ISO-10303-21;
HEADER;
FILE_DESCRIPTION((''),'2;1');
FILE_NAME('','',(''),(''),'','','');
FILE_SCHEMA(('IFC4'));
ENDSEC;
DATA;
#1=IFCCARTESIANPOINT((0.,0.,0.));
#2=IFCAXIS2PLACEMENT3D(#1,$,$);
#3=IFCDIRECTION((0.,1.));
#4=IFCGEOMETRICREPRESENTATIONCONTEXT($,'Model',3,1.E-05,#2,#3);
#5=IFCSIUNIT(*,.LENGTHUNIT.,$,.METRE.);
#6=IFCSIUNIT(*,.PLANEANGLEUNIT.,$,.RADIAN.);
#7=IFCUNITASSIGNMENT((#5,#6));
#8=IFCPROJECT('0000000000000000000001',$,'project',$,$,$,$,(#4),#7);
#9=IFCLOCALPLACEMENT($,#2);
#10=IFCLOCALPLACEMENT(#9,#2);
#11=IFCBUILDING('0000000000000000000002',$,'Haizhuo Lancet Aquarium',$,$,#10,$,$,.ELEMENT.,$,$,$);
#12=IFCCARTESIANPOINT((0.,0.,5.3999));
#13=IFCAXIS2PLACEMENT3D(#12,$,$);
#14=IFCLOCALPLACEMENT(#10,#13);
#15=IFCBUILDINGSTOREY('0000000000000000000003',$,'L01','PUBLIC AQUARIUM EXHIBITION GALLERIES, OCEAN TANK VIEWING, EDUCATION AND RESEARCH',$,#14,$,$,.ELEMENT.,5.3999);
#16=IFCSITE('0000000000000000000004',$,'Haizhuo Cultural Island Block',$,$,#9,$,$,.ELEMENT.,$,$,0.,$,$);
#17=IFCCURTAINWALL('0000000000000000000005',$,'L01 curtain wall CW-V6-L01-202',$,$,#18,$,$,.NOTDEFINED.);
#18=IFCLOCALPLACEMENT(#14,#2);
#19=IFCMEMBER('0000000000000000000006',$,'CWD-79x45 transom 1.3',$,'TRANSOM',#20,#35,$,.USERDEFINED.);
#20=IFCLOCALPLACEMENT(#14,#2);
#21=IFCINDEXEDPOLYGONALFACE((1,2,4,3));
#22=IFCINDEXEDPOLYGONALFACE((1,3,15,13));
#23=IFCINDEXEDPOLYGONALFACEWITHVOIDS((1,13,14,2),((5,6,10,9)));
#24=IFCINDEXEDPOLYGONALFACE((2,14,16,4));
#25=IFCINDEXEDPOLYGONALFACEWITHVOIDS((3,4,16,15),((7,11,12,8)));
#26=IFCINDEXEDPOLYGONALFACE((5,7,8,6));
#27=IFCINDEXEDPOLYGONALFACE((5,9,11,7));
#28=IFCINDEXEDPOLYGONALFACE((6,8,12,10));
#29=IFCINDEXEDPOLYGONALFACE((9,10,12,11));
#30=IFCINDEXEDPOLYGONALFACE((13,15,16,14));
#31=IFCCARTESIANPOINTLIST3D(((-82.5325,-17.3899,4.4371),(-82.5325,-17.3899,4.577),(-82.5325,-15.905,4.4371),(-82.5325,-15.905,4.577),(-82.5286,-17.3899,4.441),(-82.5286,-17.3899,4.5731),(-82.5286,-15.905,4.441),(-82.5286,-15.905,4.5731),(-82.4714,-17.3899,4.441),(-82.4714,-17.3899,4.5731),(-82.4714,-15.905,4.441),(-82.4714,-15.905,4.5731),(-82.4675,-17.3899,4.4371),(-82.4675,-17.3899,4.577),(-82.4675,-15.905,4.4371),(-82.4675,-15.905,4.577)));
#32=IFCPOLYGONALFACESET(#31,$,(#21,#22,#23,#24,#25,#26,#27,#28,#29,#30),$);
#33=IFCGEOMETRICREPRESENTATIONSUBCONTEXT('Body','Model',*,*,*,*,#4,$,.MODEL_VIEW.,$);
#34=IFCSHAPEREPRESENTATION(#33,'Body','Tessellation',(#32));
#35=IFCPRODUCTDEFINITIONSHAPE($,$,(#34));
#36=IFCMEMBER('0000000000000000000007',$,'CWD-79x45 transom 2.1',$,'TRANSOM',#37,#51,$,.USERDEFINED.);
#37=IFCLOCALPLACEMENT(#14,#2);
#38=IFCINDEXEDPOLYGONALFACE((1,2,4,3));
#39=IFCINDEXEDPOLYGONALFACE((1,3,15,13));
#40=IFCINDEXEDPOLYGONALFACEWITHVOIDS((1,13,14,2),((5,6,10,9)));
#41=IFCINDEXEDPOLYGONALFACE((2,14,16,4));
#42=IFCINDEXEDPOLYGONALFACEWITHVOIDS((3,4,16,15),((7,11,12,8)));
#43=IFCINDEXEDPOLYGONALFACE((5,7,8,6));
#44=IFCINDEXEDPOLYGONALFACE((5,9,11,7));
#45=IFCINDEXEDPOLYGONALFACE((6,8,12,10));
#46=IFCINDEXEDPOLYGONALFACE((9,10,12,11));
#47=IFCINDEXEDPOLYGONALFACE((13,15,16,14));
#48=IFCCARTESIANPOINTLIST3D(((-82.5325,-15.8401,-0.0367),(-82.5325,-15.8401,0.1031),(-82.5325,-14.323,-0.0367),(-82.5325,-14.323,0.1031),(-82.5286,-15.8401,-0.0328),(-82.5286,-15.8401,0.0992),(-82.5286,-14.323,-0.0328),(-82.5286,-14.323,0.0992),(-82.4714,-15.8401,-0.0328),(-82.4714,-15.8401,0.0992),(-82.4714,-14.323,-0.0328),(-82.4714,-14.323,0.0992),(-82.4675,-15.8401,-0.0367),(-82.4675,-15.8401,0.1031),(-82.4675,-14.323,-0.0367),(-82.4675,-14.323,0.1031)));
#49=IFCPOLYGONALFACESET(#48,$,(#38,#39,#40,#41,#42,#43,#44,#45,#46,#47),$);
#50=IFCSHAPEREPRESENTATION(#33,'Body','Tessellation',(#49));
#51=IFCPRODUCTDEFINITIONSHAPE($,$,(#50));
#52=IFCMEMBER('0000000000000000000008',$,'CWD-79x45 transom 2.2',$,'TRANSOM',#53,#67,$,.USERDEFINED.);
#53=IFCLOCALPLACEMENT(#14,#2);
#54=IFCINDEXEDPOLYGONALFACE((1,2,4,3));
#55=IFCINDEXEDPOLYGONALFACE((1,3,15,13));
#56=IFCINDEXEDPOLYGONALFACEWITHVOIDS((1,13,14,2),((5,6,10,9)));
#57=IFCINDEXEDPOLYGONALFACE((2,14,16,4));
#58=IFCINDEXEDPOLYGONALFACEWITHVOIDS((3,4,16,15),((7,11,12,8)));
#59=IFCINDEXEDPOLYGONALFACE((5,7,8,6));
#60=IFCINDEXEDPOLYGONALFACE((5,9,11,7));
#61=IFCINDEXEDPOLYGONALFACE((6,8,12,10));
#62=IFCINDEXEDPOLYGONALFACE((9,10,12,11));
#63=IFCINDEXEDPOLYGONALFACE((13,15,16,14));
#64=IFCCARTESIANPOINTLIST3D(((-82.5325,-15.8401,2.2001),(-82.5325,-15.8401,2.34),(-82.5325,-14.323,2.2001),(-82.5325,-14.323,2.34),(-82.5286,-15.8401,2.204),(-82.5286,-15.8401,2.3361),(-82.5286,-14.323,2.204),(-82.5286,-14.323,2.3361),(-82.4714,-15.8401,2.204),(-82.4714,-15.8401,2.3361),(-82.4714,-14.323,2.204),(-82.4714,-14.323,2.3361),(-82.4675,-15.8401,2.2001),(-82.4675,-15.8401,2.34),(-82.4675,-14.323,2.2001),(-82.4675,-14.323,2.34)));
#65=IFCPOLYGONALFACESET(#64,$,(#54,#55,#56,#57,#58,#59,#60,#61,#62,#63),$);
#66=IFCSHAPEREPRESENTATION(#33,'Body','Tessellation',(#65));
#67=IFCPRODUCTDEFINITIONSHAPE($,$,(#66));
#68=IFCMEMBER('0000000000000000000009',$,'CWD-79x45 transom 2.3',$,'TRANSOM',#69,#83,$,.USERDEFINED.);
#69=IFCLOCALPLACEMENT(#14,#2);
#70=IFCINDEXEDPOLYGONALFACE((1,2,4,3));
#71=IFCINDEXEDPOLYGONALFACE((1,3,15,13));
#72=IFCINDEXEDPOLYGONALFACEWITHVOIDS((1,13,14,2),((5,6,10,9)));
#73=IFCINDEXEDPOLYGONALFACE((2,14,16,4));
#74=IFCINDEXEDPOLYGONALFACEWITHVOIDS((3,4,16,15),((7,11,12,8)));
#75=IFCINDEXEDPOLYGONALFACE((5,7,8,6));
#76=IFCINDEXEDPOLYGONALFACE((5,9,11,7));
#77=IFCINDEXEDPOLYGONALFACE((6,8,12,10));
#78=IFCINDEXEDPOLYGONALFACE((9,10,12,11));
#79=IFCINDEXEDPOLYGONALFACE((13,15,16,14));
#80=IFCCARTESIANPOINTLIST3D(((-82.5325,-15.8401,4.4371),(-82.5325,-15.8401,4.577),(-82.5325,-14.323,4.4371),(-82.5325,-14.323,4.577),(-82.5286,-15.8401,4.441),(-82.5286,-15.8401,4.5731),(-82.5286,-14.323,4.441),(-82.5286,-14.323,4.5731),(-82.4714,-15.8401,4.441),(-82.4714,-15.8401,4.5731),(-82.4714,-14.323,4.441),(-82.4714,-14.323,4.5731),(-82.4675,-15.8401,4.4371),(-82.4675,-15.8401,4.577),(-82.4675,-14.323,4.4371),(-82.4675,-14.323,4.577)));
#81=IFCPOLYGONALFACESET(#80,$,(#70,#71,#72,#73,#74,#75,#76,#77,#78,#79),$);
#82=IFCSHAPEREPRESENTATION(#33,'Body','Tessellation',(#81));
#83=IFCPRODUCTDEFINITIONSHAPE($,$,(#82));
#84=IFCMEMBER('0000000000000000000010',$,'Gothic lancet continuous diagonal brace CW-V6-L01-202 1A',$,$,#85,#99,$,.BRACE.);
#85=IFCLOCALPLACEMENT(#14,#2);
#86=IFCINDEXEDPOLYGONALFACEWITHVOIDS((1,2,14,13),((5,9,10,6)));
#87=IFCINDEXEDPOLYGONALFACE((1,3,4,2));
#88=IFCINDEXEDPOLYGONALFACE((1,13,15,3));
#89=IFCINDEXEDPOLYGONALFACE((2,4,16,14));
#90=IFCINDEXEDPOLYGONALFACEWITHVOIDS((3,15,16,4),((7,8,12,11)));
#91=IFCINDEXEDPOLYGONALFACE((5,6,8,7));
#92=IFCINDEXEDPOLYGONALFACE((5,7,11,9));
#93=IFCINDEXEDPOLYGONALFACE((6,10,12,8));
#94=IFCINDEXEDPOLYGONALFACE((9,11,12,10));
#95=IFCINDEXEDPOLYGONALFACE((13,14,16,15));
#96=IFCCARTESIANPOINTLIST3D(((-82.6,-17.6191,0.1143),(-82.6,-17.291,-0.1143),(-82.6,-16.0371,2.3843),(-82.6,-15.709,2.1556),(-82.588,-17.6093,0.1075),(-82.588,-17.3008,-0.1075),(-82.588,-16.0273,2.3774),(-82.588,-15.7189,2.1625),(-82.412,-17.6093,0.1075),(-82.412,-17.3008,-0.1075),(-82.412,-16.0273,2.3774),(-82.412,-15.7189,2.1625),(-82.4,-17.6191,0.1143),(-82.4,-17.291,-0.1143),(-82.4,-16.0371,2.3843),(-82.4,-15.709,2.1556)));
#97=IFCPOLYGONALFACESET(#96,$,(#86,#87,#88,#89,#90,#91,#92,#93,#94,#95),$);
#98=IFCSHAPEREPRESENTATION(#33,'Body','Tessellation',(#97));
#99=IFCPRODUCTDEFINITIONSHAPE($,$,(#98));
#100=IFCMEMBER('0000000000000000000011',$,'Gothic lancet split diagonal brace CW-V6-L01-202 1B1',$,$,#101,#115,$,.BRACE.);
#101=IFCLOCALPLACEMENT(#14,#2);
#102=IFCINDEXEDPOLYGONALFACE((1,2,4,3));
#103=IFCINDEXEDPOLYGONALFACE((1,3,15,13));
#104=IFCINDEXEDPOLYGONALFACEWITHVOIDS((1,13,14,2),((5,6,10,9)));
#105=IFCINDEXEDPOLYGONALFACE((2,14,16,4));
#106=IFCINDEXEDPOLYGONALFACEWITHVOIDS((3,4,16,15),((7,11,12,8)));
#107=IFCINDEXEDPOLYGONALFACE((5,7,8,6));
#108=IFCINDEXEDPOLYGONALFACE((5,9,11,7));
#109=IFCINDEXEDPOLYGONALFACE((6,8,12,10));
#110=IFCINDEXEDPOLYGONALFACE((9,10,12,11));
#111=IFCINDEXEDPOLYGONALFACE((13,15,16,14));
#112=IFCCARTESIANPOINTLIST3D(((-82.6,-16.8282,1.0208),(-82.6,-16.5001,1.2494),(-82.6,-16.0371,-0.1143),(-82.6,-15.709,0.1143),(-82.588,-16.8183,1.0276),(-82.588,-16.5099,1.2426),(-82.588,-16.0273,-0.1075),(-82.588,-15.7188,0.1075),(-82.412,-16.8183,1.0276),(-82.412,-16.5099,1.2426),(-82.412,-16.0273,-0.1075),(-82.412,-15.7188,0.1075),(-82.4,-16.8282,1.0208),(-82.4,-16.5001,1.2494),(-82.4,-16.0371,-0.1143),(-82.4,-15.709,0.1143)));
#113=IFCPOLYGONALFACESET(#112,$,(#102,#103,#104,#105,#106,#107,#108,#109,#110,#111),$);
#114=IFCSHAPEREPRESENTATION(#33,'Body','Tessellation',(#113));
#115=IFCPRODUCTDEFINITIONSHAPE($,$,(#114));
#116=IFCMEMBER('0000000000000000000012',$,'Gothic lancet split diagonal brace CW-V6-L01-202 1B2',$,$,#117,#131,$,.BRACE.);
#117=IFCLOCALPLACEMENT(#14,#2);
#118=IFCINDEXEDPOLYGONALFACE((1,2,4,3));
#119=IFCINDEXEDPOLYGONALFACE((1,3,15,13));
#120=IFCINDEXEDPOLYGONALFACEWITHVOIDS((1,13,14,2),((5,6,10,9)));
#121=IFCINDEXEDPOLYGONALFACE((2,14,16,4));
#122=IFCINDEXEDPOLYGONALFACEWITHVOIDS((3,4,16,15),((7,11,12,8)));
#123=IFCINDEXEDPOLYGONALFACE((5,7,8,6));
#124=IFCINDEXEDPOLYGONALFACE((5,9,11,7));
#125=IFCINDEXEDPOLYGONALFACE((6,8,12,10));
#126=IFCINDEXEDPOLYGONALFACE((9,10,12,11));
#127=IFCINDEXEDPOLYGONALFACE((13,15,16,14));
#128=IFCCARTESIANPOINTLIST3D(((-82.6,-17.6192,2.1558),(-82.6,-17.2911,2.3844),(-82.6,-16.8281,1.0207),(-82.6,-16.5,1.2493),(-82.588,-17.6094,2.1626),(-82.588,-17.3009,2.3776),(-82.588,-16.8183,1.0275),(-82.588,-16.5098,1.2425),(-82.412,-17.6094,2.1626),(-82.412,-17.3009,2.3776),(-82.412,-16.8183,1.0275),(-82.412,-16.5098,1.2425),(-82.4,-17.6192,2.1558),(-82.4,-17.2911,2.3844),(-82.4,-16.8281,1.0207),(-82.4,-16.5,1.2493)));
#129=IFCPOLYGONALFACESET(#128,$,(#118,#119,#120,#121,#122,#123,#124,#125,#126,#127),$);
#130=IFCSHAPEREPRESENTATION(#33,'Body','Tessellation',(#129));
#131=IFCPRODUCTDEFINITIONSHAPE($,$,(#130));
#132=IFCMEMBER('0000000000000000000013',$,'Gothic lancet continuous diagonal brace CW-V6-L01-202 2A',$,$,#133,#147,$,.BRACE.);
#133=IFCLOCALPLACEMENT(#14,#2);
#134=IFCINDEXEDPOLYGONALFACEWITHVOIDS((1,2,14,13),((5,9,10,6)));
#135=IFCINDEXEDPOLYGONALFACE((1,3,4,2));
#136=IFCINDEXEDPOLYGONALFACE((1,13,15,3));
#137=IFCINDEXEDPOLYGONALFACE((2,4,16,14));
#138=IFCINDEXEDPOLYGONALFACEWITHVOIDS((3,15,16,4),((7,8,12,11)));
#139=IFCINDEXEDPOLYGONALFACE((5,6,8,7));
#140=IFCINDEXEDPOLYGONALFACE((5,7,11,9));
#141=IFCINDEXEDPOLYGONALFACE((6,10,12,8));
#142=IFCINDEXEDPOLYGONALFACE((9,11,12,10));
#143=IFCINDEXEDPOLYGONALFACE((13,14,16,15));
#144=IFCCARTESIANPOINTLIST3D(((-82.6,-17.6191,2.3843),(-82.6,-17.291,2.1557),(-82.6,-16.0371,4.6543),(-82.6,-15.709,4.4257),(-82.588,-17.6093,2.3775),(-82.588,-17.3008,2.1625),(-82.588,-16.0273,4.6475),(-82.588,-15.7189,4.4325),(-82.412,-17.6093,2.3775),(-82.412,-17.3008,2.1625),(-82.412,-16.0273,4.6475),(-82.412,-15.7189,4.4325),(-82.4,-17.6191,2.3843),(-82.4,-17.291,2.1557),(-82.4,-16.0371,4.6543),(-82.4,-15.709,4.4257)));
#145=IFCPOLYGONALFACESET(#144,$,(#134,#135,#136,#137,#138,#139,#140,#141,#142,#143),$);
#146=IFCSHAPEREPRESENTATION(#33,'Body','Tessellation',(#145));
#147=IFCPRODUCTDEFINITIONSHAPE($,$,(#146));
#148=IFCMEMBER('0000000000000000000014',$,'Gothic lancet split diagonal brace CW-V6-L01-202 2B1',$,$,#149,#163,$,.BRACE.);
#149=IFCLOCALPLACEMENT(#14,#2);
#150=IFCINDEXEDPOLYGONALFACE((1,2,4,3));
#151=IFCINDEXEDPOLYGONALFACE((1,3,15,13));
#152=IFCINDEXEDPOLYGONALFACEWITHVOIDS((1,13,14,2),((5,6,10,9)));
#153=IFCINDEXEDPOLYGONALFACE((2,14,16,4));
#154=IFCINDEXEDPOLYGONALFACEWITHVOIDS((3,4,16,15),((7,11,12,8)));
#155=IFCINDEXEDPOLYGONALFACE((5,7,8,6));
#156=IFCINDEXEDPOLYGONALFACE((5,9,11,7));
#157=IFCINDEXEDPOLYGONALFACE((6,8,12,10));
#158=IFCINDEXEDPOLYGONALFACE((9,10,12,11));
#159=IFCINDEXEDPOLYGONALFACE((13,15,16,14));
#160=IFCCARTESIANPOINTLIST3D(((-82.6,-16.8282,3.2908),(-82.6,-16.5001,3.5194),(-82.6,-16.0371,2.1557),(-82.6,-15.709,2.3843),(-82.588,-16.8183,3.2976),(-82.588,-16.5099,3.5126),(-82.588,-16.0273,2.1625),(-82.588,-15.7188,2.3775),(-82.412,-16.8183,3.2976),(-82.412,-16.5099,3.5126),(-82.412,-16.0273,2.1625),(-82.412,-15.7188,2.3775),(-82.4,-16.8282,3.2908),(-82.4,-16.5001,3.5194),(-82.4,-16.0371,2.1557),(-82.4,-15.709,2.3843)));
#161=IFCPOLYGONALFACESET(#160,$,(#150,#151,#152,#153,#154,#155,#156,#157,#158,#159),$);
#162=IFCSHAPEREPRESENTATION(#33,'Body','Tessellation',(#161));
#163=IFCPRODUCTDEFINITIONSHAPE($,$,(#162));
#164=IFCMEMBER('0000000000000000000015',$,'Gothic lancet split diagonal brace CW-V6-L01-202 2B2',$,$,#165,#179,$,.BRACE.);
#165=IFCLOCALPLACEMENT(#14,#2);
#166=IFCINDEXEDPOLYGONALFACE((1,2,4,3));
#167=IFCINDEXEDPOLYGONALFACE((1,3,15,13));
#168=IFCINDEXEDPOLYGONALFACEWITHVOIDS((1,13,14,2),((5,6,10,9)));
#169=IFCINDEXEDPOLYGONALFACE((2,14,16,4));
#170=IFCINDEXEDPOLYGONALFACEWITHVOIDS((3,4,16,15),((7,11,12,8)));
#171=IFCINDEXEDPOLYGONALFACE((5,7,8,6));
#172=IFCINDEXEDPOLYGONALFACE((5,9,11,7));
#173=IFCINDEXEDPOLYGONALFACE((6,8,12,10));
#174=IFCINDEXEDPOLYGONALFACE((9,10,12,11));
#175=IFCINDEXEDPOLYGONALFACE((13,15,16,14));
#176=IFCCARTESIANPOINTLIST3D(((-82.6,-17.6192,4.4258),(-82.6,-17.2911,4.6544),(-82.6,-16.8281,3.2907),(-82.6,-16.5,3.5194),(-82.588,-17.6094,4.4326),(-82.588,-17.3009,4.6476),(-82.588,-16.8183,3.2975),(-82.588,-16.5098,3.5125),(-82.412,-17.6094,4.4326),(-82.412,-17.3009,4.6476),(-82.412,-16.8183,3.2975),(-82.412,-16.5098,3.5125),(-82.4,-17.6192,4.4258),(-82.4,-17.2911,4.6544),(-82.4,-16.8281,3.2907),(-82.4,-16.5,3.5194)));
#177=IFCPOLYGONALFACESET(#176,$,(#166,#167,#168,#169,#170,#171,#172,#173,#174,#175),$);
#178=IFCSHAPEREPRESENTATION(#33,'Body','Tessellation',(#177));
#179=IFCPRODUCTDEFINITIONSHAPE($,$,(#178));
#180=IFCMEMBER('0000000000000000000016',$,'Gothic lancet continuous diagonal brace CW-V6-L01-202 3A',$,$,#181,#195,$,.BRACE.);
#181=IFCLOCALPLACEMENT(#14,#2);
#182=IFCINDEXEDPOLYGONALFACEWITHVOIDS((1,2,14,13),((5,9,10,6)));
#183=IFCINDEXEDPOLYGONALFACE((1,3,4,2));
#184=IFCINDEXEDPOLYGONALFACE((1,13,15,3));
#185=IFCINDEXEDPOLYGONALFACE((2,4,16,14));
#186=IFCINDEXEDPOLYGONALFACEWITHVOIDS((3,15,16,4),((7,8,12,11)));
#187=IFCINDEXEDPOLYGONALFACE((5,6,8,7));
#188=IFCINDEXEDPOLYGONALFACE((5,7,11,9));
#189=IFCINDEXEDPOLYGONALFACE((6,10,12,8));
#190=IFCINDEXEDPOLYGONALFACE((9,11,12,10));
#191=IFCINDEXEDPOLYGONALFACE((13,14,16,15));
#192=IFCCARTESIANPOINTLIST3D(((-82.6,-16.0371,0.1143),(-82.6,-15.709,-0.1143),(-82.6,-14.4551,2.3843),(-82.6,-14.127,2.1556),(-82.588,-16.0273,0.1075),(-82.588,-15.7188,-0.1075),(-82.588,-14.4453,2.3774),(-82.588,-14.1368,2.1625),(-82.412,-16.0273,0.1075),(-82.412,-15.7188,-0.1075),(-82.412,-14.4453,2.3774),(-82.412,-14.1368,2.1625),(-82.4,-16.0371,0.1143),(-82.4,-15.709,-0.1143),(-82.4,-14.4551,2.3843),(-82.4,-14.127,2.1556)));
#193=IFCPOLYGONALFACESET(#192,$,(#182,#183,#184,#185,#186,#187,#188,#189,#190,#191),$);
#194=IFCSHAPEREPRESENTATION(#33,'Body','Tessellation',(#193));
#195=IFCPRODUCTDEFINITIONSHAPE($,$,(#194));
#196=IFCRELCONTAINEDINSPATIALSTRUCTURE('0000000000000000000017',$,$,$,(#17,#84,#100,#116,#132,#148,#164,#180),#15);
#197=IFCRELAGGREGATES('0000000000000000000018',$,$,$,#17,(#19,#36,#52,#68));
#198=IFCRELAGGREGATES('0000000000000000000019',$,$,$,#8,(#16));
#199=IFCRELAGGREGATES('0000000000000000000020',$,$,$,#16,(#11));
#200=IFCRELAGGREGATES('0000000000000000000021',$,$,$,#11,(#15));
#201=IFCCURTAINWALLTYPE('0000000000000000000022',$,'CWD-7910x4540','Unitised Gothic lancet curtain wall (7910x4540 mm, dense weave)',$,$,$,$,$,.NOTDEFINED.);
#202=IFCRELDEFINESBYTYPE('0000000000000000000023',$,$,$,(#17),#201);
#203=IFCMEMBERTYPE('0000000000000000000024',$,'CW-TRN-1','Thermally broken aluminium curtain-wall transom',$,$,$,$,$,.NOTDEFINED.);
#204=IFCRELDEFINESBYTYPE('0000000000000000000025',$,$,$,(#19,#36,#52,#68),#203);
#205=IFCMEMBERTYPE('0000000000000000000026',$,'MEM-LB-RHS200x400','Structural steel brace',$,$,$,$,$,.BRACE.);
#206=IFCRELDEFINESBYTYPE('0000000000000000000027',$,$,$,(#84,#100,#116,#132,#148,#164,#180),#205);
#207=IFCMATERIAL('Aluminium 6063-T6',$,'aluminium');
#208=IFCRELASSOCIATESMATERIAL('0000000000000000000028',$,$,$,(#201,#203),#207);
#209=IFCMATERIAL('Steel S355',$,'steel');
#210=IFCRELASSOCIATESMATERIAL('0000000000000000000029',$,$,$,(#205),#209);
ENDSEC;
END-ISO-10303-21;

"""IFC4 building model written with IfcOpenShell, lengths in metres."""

from ifc_helpers import new_model, si_unit, direction, frame, origin, origin_2d, place, context, subcontext, project, spatial, hollow_rectangle, extrude, material, material_profile, profile_set, type_object, element, aggregate, save


model = new_model("IFC4")

# Units and contexts
model_context = context("Model", 3, precision=1e-05, world=origin(), true_north=direction((0.0, 1.0)))
body_context = subcontext(model_context, "Body", "Model", "MODEL_VIEW")
ifc_project = project(units=[si_unit("LENGTHUNIT", "METRE"), si_unit("PLANEANGLEUNIT", "RADIAN")], contexts=[model_context])

# Site, building, storey
site_placement = place(None, origin())
site = spatial("IfcSite", under=ifc_project, at=site_placement, Name="Haizhuo Cultural Island Block", CompositionType="ELEMENT", RefElevation=0.0)
building_placement = place(site_placement, origin())
building = spatial("IfcBuilding", under=site, at=building_placement, Name="Haizhuo Lancet Aquarium", CompositionType="ELEMENT")
storey_placement = place(building_placement, frame((0.0, 0.0, 5.3999)))
storey = spatial("IfcBuildingStorey", under=building, at=storey_placement, Name="L01", Description="PUBLIC AQUARIUM EXHIBITION GALLERIES, OCEAN TANK VIEWING, EDUCATION AND RESEARCH", CompositionType="ELEMENT", Elevation=5.3999)

# Shared definitions
ifc_material_1 = material(Name="Steel S355", Category="steel")

# Curtain wall, members
ifc_material_2 = material(Name="Aluminium 6063-T6", Category="aluminium")
curtain_wall_type = type_object("IfcCurtainWallType", Name="CWD-7910x4540", Description="Unitised Gothic lancet curtain wall (7910x4540 mm, dense weave)", PredefinedType="NOTDEFINED", material=ifc_material_2)
curtain_wall_placement = place(storey_placement, origin())
curtain_wall = element("IfcCurtainWall", 1, at=curtain_wall_placement, inside=storey, type_object=curtain_wall_type, Name="L01 curtain wall CW-V6-L01-202", PredefinedType="NOTDEFINED")
ifc_material_profile_1 = material_profile(ifc_material_2, hollow_rectangle(XDim=0.0649, YDim=0.1399, WallThickness=0.0039, at=origin_2d()), Name="ALU-T 65x140x4")
ifc_profile_set_1 = profile_set([ifc_material_profile_1], Name="Aluminium 6063-T6")
member_type_1 = type_object("IfcMemberType", Name="CW-TRN-1", Description="Thermally broken aluminium curtain-wall transom", PredefinedType="NOTDEFINED", material=ifc_profile_set_1)
member_1_placement = place(storey_placement, frame((-82.5, -17.3899, 4.5071), z_axis=(0.0, 1.0, 0.0), x_axis=(-1.0, 0.0, 0.0)))
member_1 = element("IfcMember", 2, at=member_1_placement, type_object=member_type_1, Name="CWD-79x45 transom 1.3", ObjectType="TRANSOM", PredefinedType="USERDEFINED", context=body_context, shape_type="SweptSolid", body=[
    extrude(hollow_rectangle(XDim=0.0649, YDim=0.1399, WallThickness=0.0039, at=origin_2d()), origin(), (0.0, 0.0, 1.0), 1.4849),
])
member_2_placement = place(storey_placement, frame((-82.5, -15.8401, 0.0332), z_axis=(0.0, 1.0, 0.0), x_axis=(-1.0, 0.0, 0.0)))
member_2 = element("IfcMember", 3, at=member_2_placement, type_object=member_type_1, Name="CWD-79x45 transom 2.1", ObjectType="TRANSOM", PredefinedType="USERDEFINED", context=body_context, shape_type="SweptSolid", body=[
    extrude(hollow_rectangle(XDim=0.0649, YDim=0.1399, WallThickness=0.0039, at=origin_2d()), origin(), (0.0, 0.0, 1.0), 1.5171),
])
member_3_placement = place(storey_placement, frame((-82.5, -15.8401, 2.27), z_axis=(0.0, 1.0, 0.0), x_axis=(-1.0, 0.0, 0.0)))
member_3 = element("IfcMember", 4, at=member_3_placement, type_object=member_type_1, Name="CWD-79x45 transom 2.2", ObjectType="TRANSOM", PredefinedType="USERDEFINED", context=body_context, shape_type="SweptSolid", body=[
    extrude(hollow_rectangle(XDim=0.0649, YDim=0.1399, WallThickness=0.0039, at=origin_2d()), origin(), (0.0, 0.0, 1.0), 1.5171),
])
member_4_placement = place(storey_placement, frame((-82.5, -15.8401, 4.5071), z_axis=(0.0, 1.0, 0.0), x_axis=(-1.0, 0.0, 0.0)))
member_4 = element("IfcMember", 5, at=member_4_placement, type_object=member_type_1, Name="CWD-79x45 transom 2.3", ObjectType="TRANSOM", PredefinedType="USERDEFINED", context=body_context, shape_type="SweptSolid", body=[
    extrude(hollow_rectangle(XDim=0.0649, YDim=0.1399, WallThickness=0.0039, at=origin_2d()), origin(), (0.0, 0.0, 1.0), 1.5171),
])

# Members
ifc_material_profile_2 = material_profile(ifc_material_1, hollow_rectangle(XDim=0.2, YDim=0.3999, WallThickness=0.012, at=origin_2d()), Name="RHS 200x400x12")
ifc_profile_set_2 = profile_set([ifc_material_profile_2], Name="Steel S355")
member_type_2 = type_object("IfcMemberType", Name="MEM-LB-RHS200x400", Description="Structural steel brace", PredefinedType="BRACE", material=ifc_profile_set_2)
member_5_placement = place(storey_placement, frame((-82.5, -17.4551, 0.0), z_axis=(0.0, 0.571767, 0.820416), x_axis=(-1.0, 0.0, 0.0)))
element("IfcMember", 6, at=member_5_placement, inside=storey, type_object=member_type_2, Name="Gothic lancet continuous diagonal brace CW-V6-L01-202 1A", PredefinedType="BRACE", context=body_context, shape_type="SweptSolid", body=[
    extrude(hollow_rectangle(XDim=0.2, YDim=0.3999, WallThickness=0.012, at=origin_2d()), origin(), (0.0, 0.0, 1.0), 2.7668),
])
for number, where, z_axis, x_axis, name in (
    (7, (-82.5, -15.873, 0.0), (0.0, -0.571767, 0.820416), (1.0, 0.0, 0.0), "Gothic lancet split diagonal brace CW-V6-L01-202 1B1"),
    (8, (-82.5, -16.6641, 1.135), (0.0, -0.571767, 0.820416), (1.0, 0.0, 0.0), "Gothic lancet split diagonal brace CW-V6-L01-202 1B2"),
):
    element("IfcMember", number, at=place(storey_placement, frame(where, z_axis=z_axis, x_axis=x_axis)), inside=storey, type_object=member_type_2, Name=name, PredefinedType="BRACE", context=body_context, shape_type="SweptSolid", body=[
        extrude(hollow_rectangle(XDim=0.2, YDim=0.3999, WallThickness=0.012, at=origin_2d()), origin(), (0.0, 0.0, 1.0), 1.3835),
    ])
member_6_placement = place(storey_placement, frame((-82.5, -17.4551, 2.27), z_axis=(0.0, 0.571767, 0.820416), x_axis=(-1.0, 0.0, 0.0)))
element("IfcMember", 9, at=member_6_placement, inside=storey, type_object=member_type_2, Name="Gothic lancet continuous diagonal brace CW-V6-L01-202 2A", PredefinedType="BRACE", context=body_context, shape_type="SweptSolid", body=[
    extrude(hollow_rectangle(XDim=0.2, YDim=0.3999, WallThickness=0.012, at=origin_2d()), origin(), (0.0, 0.0, 1.0), 2.7668),
])
for number, where, z_axis, x_axis, name in (
    (10, (-82.5, -15.873, 2.27), (0.0, -0.571767, 0.820416), (1.0, 0.0, 0.0), "Gothic lancet split diagonal brace CW-V6-L01-202 2B1"),
    (11, (-82.5, -16.6641, 3.405), (0.0, -0.571767, 0.820416), (1.0, 0.0, 0.0), "Gothic lancet split diagonal brace CW-V6-L01-202 2B2"),
):
    element("IfcMember", number, at=place(storey_placement, frame(where, z_axis=z_axis, x_axis=x_axis)), inside=storey, type_object=member_type_2, Name=name, PredefinedType="BRACE", context=body_context, shape_type="SweptSolid", body=[
        extrude(hollow_rectangle(XDim=0.2, YDim=0.3999, WallThickness=0.012, at=origin_2d()), origin(), (0.0, 0.0, 1.0), 1.3835),
    ])
for number, where, z_axis, x_axis, name in (
    (12, (-82.5, -15.873, 0.0), (0.0, 0.571767, 0.820416), (-1.0, 0.0, 0.0), "Gothic lancet continuous diagonal brace CW-V6-L01-202 3A"),
):
    element("IfcMember", number, at=place(storey_placement, frame(where, z_axis=z_axis, x_axis=x_axis)), inside=storey, type_object=member_type_2, Name=name, PredefinedType="BRACE", context=body_context, shape_type="SweptSolid", body=[
        extrude(hollow_rectangle(XDim=0.2, YDim=0.3999, WallThickness=0.012, at=origin_2d()), origin(), (0.0, 0.0, 1.0), 2.7668),
    ])

aggregate(curtain_wall, [member_1, member_2, member_3, member_4])

save(model, "model.ifc")
